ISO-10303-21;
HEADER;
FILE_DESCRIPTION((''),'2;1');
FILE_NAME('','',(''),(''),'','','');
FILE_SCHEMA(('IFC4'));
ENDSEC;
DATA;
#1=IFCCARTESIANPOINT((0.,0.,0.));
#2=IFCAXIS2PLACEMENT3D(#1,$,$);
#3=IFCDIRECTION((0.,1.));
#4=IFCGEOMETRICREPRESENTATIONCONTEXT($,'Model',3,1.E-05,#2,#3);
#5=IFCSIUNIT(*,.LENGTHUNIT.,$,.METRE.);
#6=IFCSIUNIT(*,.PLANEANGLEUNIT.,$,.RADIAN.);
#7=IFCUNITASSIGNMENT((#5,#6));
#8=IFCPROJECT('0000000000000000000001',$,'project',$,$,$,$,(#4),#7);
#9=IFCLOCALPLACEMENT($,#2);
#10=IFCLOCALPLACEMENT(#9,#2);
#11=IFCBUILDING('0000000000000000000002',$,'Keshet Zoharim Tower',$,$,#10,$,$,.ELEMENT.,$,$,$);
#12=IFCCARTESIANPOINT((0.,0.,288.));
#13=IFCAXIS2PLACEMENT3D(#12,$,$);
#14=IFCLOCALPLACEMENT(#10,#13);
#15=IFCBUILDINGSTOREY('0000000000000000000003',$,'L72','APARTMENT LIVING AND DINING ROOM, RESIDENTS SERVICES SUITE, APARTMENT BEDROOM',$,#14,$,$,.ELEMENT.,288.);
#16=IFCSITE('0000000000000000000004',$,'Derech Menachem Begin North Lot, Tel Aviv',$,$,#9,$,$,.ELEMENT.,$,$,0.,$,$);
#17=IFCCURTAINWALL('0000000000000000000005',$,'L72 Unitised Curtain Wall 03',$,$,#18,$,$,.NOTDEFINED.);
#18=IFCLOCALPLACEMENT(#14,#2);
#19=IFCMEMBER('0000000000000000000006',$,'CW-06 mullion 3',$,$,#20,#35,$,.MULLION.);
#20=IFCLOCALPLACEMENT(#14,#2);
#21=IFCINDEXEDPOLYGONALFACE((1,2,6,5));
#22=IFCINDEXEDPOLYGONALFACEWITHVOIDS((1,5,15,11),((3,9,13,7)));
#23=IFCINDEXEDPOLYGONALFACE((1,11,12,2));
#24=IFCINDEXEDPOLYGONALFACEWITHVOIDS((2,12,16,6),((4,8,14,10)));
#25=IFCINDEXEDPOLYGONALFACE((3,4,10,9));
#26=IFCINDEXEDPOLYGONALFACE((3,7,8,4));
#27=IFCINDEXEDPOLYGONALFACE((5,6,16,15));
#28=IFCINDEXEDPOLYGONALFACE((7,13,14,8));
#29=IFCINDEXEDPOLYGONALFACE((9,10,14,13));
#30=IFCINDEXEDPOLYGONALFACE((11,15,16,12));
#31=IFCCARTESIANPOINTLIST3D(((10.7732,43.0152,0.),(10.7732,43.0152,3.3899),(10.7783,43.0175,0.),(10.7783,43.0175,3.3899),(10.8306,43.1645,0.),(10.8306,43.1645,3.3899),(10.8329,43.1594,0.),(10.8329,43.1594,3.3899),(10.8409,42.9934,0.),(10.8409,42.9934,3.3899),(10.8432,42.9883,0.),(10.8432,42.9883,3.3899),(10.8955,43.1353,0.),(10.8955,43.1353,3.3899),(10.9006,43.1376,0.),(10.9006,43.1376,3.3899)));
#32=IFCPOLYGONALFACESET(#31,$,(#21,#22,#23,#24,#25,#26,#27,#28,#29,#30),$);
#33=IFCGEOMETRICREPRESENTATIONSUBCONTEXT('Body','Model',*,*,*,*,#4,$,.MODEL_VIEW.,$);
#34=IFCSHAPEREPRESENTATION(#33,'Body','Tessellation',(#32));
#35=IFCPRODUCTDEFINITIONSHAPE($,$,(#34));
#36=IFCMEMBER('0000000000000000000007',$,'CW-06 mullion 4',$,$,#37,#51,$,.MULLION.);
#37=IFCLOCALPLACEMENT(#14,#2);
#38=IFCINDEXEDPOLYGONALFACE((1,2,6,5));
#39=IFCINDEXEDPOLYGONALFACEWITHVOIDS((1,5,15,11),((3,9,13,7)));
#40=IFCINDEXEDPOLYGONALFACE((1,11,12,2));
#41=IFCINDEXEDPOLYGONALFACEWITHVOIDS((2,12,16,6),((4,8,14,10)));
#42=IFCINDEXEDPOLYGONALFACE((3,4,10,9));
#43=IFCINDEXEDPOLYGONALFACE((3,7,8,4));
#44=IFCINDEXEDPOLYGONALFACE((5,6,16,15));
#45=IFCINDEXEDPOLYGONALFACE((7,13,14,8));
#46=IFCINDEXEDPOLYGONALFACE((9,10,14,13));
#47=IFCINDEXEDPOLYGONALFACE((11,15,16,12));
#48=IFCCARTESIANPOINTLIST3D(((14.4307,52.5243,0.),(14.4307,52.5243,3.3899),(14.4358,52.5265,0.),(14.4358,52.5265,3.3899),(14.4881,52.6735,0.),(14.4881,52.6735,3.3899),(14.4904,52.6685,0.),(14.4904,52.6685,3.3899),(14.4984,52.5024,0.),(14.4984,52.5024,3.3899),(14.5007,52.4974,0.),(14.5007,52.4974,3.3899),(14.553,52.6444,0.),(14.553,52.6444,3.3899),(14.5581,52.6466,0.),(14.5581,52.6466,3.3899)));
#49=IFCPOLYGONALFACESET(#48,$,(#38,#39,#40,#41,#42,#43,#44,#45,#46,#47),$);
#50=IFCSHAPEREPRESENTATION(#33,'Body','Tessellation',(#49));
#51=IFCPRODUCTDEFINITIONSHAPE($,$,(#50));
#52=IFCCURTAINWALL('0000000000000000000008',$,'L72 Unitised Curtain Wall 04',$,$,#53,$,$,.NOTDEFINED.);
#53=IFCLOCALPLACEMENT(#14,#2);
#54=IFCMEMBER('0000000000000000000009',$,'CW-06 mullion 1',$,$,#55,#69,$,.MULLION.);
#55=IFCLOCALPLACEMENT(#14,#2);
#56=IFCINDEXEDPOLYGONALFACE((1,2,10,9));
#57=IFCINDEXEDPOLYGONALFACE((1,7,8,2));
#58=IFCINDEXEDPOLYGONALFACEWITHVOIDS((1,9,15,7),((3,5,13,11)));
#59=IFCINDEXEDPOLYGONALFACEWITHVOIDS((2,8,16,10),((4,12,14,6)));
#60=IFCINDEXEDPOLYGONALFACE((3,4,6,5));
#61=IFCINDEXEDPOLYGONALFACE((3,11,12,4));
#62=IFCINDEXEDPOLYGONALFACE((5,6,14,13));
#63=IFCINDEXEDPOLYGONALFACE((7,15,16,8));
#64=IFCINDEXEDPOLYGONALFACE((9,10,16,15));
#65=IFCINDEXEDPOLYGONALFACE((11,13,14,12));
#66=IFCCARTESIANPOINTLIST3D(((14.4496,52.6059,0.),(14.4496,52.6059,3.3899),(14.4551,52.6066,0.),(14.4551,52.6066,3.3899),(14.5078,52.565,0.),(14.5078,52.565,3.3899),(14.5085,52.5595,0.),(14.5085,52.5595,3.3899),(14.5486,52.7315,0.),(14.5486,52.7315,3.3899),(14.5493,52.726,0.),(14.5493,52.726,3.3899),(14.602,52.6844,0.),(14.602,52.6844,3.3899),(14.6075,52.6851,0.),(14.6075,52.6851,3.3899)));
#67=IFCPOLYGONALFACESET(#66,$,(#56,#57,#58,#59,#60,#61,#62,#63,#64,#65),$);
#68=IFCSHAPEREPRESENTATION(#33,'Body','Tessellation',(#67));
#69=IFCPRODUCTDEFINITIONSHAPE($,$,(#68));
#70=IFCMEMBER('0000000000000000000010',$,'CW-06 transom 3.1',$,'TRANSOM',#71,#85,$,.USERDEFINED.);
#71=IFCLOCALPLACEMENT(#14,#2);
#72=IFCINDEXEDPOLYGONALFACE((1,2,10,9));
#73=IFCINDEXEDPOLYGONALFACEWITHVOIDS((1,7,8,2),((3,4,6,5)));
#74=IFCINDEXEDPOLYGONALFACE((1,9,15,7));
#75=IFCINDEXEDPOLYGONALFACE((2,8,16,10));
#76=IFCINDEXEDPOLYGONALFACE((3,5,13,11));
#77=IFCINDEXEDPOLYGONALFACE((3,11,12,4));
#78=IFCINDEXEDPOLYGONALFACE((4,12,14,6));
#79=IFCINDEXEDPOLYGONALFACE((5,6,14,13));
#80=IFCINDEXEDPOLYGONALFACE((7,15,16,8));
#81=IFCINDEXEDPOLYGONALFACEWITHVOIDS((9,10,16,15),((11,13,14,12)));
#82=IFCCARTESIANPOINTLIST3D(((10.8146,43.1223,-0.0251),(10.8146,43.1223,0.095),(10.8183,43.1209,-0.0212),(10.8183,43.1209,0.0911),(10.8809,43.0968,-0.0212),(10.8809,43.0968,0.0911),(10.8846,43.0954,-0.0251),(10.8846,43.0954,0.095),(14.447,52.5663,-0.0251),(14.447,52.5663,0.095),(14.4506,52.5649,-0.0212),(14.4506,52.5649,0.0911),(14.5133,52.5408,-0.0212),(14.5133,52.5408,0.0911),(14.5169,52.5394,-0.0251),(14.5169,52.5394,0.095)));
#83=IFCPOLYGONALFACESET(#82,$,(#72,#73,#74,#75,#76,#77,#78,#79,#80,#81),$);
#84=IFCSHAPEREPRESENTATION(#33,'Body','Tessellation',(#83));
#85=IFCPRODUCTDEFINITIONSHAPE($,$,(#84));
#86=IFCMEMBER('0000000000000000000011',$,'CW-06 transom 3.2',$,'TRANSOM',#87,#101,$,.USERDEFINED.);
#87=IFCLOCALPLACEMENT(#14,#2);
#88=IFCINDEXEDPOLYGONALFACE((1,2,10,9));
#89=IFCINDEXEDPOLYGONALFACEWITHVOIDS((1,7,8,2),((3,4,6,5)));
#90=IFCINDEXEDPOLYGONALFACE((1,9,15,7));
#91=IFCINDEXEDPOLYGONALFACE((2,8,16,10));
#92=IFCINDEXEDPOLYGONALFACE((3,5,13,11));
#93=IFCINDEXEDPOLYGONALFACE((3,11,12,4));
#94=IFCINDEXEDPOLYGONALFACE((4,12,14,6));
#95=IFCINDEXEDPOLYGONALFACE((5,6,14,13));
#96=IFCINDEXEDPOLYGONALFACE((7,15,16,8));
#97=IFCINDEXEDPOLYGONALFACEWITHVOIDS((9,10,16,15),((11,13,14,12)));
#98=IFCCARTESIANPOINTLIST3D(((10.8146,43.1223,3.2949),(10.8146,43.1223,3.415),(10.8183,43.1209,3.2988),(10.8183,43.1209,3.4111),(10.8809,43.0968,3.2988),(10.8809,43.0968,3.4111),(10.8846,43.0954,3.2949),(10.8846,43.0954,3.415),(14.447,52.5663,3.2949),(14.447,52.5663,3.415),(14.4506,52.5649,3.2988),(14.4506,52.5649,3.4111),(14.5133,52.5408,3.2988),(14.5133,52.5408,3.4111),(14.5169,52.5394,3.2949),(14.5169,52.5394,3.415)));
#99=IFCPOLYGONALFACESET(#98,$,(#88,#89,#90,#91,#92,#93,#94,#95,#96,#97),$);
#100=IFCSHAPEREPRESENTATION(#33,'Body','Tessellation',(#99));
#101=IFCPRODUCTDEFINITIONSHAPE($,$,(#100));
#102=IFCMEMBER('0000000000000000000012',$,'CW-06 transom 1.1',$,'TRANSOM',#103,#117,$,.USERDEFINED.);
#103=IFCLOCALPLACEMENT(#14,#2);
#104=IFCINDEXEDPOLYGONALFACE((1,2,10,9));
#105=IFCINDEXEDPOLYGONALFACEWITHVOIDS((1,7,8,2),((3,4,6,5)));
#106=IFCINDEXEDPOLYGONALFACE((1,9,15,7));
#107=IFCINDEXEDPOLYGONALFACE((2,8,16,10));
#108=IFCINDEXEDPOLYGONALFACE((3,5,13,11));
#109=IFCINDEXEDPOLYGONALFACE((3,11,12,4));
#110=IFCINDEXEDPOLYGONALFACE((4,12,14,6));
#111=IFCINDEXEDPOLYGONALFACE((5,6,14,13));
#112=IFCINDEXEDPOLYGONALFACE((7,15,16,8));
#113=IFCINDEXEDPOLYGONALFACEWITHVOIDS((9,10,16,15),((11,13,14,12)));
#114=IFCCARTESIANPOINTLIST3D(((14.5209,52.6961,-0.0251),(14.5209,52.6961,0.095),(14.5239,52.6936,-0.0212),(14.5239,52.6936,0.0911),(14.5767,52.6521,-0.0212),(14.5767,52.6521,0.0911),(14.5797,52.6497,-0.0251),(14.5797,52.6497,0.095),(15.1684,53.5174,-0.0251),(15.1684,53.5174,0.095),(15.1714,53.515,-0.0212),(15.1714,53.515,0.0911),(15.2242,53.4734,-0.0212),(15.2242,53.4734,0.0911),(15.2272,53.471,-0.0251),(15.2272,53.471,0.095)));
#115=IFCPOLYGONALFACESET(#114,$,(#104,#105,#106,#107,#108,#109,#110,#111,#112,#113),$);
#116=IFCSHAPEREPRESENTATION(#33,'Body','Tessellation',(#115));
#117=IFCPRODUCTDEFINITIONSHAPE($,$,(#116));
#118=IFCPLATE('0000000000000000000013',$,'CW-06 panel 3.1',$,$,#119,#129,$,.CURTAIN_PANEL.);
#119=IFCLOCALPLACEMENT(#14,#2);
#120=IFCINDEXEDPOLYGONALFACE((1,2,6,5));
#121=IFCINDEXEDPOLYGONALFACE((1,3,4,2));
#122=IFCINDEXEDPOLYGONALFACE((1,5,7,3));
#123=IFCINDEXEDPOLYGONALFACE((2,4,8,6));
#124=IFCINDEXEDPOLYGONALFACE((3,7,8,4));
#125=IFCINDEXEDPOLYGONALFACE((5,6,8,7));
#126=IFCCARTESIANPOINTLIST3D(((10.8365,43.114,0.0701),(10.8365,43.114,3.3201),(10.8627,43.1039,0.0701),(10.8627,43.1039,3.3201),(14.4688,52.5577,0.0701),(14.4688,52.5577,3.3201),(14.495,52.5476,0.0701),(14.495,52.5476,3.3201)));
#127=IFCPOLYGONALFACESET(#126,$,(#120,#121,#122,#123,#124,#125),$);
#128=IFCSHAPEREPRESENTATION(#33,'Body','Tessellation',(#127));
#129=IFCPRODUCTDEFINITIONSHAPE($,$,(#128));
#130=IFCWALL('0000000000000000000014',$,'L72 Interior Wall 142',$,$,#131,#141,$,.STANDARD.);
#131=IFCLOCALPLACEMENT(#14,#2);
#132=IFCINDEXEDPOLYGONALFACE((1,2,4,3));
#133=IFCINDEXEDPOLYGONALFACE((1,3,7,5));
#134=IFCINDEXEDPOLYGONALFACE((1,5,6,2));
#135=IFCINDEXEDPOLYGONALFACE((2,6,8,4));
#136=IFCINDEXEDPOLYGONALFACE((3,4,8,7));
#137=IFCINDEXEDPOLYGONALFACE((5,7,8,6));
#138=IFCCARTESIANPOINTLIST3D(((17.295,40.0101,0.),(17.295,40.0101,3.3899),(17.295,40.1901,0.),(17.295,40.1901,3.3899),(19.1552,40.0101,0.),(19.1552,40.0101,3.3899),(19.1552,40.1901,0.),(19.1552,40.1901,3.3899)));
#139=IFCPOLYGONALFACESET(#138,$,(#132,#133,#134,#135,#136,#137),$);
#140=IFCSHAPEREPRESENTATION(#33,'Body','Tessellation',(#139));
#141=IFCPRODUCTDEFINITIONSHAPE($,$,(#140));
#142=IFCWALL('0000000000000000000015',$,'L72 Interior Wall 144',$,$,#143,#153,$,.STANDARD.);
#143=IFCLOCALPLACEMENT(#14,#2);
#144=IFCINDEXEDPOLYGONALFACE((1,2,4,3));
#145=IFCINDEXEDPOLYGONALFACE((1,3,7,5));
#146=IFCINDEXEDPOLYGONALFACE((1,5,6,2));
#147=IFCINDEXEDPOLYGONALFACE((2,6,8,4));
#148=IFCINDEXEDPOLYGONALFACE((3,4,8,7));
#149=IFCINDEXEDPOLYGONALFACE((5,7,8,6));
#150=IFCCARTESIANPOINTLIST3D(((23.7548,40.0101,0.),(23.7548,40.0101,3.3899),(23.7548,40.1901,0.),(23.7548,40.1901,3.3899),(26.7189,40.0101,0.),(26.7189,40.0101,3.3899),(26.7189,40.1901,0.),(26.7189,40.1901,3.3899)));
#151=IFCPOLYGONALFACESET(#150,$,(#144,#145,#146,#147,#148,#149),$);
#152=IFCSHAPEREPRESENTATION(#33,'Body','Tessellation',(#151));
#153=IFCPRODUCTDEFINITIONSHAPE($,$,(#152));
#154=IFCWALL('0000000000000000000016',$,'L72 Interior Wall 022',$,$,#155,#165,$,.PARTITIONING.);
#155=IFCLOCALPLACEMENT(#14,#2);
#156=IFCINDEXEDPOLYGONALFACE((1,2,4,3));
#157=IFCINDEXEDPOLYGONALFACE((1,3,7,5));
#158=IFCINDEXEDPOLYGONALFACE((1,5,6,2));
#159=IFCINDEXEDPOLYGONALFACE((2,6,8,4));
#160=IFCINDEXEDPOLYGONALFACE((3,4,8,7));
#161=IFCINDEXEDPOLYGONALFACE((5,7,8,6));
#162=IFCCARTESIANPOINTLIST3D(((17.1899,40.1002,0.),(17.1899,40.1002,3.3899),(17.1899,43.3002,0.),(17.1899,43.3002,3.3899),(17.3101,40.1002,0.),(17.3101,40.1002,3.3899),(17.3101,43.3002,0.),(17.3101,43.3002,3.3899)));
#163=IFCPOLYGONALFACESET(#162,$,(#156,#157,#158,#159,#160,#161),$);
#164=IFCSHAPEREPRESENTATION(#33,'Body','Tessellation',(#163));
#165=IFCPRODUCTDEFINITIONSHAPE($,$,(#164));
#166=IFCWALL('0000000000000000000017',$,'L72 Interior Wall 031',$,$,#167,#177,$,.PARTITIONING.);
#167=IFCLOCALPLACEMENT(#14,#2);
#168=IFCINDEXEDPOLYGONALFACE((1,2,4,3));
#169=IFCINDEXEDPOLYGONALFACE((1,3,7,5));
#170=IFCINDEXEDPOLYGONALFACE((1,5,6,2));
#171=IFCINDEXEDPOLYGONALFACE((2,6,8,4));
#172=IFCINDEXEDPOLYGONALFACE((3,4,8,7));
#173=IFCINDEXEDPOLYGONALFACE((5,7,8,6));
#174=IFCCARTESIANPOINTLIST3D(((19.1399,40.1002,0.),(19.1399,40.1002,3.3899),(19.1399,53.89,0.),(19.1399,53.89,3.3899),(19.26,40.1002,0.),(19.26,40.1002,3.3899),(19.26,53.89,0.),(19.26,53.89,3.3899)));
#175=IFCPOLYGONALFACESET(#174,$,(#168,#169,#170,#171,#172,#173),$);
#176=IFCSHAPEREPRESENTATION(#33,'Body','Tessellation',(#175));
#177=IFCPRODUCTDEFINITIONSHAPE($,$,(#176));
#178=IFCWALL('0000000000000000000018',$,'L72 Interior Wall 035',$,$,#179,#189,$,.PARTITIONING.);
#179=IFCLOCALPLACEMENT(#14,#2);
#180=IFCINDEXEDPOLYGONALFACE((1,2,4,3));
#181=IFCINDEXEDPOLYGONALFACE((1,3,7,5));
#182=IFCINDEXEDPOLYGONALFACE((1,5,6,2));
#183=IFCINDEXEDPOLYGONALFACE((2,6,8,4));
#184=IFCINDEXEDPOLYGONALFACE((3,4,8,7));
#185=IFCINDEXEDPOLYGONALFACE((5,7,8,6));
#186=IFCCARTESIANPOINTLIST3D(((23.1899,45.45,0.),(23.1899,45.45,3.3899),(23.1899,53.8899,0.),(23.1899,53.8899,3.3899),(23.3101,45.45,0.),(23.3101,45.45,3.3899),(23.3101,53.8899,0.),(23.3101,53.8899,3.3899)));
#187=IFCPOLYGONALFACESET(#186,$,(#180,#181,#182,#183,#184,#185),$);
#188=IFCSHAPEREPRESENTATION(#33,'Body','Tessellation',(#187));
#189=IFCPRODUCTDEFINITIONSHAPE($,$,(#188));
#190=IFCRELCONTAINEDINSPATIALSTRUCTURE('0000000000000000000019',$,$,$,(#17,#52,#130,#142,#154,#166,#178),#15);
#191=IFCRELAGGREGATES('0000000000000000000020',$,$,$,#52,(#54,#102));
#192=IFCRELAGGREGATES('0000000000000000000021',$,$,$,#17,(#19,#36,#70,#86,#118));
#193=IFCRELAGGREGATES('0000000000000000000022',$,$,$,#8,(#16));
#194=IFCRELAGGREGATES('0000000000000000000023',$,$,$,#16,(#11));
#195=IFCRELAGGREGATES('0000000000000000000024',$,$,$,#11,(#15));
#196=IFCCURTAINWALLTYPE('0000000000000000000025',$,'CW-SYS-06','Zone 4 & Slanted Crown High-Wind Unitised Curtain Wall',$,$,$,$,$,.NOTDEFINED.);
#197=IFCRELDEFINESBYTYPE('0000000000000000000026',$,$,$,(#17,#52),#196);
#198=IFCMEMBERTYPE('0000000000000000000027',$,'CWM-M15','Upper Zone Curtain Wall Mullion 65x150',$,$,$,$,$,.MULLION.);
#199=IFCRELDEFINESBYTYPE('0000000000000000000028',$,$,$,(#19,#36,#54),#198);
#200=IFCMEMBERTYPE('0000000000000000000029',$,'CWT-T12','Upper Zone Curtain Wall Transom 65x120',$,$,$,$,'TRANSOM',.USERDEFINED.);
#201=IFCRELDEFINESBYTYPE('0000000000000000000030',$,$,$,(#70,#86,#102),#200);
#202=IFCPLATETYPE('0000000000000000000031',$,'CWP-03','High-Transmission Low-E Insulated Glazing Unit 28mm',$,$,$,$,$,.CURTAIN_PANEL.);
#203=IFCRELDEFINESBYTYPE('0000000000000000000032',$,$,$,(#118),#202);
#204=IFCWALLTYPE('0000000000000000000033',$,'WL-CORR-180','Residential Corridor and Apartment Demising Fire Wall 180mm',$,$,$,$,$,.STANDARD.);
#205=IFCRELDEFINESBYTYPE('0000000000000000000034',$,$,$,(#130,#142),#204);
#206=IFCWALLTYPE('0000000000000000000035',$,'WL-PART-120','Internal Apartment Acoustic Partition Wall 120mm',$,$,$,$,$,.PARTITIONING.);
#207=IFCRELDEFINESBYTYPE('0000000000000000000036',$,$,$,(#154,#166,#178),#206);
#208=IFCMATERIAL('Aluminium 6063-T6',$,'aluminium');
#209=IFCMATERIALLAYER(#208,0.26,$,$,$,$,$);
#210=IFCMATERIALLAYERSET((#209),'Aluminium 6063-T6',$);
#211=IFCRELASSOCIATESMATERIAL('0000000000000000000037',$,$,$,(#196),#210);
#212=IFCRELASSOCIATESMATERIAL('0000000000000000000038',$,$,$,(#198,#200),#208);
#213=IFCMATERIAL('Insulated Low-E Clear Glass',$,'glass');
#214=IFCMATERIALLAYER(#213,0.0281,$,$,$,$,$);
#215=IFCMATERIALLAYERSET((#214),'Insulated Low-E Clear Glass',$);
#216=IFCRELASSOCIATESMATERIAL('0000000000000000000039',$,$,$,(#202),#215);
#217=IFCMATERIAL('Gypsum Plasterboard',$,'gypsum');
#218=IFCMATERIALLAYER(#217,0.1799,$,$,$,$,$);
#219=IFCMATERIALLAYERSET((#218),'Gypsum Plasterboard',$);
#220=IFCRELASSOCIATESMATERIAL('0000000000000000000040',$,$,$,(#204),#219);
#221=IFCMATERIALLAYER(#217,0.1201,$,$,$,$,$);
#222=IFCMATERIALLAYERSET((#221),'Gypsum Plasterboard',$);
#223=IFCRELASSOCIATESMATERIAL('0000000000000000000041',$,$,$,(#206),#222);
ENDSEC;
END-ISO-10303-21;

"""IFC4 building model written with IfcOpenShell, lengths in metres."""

from ifc_helpers import new_model, si_unit, direction, frame, frame_2d, origin, origin_2d, place, context, subcontext, project, spatial, rectangle, hollow_rectangle, extrude, material, layer, layer_set, material_profile, profile_set, type_object, element, aggregate, save


model = new_model("IFC4")

# Units and contexts
model_context = context("Model", 3, precision=1e-05, world=origin(), true_north=direction((0.0, 1.0)))
body_context = subcontext(model_context, "Body", "Model", "MODEL_VIEW")
ifc_project = project(units=[si_unit("LENGTHUNIT", "METRE"), si_unit("PLANEANGLEUNIT", "RADIAN")], contexts=[model_context])

# Site, building, storey
site_placement = place(None, origin())
site = spatial("IfcSite", under=ifc_project, at=site_placement, Name="Derech Menachem Begin North Lot, Tel Aviv", CompositionType="ELEMENT", RefElevation=0.0)
building_placement = place(site_placement, origin())
building = spatial("IfcBuilding", under=site, at=building_placement, Name="Keshet Zoharim Tower", CompositionType="ELEMENT")
storey_placement = place(building_placement, frame((0.0, 0.0, 288.0)))
storey = spatial("IfcBuildingStorey", under=building, at=storey_placement, Name="L72", Description="APARTMENT LIVING AND DINING ROOM, RESIDENTS SERVICES SUITE, APARTMENT BEDROOM", CompositionType="ELEMENT", Elevation=288.0)

# Curtain wall, members
ifc_material_1 = material(Name="Aluminium 6063-T6", Category="aluminium")
ifc_layer_1 = layer(ifc_material_1, 0.26)
ifc_layer_set_1 = layer_set([ifc_layer_1], Name="Aluminium 6063-T6")
curtain_wall_type = type_object("IfcCurtainWallType", Name="CW-SYS-06", Description="Zone 4 & Slanted Crown High-Wind Unitised Curtain Wall", PredefinedType="NOTDEFINED", material=ifc_layer_set_1)
curtain_wall_1_placement = place(storey_placement, origin())
curtain_wall_1 = element("IfcCurtainWall", 1, at=curtain_wall_1_placement, inside=storey, type_object=curtain_wall_type, Name="L72 Unitised Curtain Wall 03", PredefinedType="NOTDEFINED")
ifc_material_profile_1 = material_profile(ifc_material_1, hollow_rectangle(XDim=0.075, YDim=0.1599, WallThickness=0.0039, at=origin_2d()), Name="MUL-75x160")
ifc_profile_set_1 = profile_set([ifc_material_profile_1], Name="Aluminium 6063-T6")
member_type_1 = type_object("IfcMemberType", Name="CWM-M15", Description="Upper Zone Curtain Wall Mullion 65x150", PredefinedType="MULLION", material=ifc_profile_set_1)
member_1_placement = place(storey_placement, frame((10.8369, 43.0764, 0.0), z_axis=(0.0, 0.0, 1.0), x_axis=(-0.933341, 0.35899, 0.0)))
member_1 = element("IfcMember", 2, at=member_1_placement, type_object=member_type_1, Name="CW-06 mullion 3", PredefinedType="MULLION", context=body_context, shape_type="SweptSolid", body=[
    extrude(hollow_rectangle(XDim=0.075, YDim=0.1599, WallThickness=0.0039, at=origin_2d()), origin(), (0.0, 0.0, 1.0), 3.3899),
])
member_2_placement = place(storey_placement, frame((14.4944, 52.5854, 0.0), z_axis=(0.0, 0.0, 1.0), x_axis=(-0.933341, 0.35899, 0.0)))
member_2 = element("IfcMember", 3, at=member_2_placement, type_object=member_type_1, Name="CW-06 mullion 4", PredefinedType="MULLION", context=body_context, shape_type="SweptSolid", body=[
    extrude(hollow_rectangle(XDim=0.075, YDim=0.1599, WallThickness=0.0039, at=origin_2d()), origin(), (0.0, 0.0, 1.0), 3.3899),
])

# Curtain wall, member
curtain_wall_2_placement = place(storey_placement, origin())
curtain_wall_2 = element("IfcCurtainWall", 4, at=curtain_wall_2_placement, inside=storey, type_object=curtain_wall_type, Name="L72 Unitised Curtain Wall 04", PredefinedType="NOTDEFINED")
member_3_placement = place(storey_placement, frame((14.5286, 52.6455, 0.0), z_axis=(0.0, 0.0, 1.0), x_axis=(-0.785293, 0.619125, 0.0)))
member_3 = element("IfcMember", 5, at=member_3_placement, type_object=member_type_1, Name="CW-06 mullion 1", PredefinedType="MULLION", context=body_context, shape_type="SweptSolid", body=[
    extrude(hollow_rectangle(XDim=0.075, YDim=0.1599, WallThickness=0.0039, at=origin_2d()), origin(), (0.0, 0.0, 1.0), 3.3899),
])

# Members
ifc_material_profile_2 = material_profile(ifc_material_1, hollow_rectangle(XDim=0.075, YDim=0.1201, WallThickness=0.0039, at=origin_2d()), Name="TRN-75x120")
ifc_profile_set_2 = profile_set([ifc_material_profile_2], Name="Aluminium 6063-T6")
member_type_2 = type_object("IfcMemberType", Name="CWT-T12", Description="Upper Zone Curtain Wall Transom 65x120", ElementType="TRANSOM", PredefinedType="USERDEFINED", material=ifc_profile_set_2)
member_4_placement = place(storey_placement, frame((10.8496, 43.1089, 0.0349), z_axis=(0.358986, 0.933343, 0.0), x_axis=(-0.933343, 0.358986, 0.0)))
member_4 = element("IfcMember", 6, at=member_4_placement, type_object=member_type_2, Name="CW-06 transom 3.1", ObjectType="TRANSOM", PredefinedType="USERDEFINED", context=body_context, shape_type="SweptSolid", body=[
    extrude(hollow_rectangle(XDim=0.075, YDim=0.1201, WallThickness=0.0039, at=origin_2d()), origin(), (0.0, 0.0, 1.0), 10.1184),
])
member_5_placement = place(storey_placement, frame((10.8496, 43.1089, 3.355), z_axis=(0.358986, 0.933343, 0.0), x_axis=(-0.933343, 0.358986, 0.0)))
member_5 = element("IfcMember", 7, at=member_5_placement, type_object=member_type_2, Name="CW-06 transom 3.2", ObjectType="TRANSOM", PredefinedType="USERDEFINED", context=body_context, shape_type="SweptSolid", body=[
    extrude(hollow_rectangle(XDim=0.075, YDim=0.1201, WallThickness=0.0039, at=origin_2d()), origin(), (0.0, 0.0, 1.0), 10.1184),
])
member_6_placement = place(storey_placement, frame((14.5503, 52.6729, 0.0349), z_axis=(0.619099, 0.785313, 0.0), x_axis=(-0.785313, 0.619099, 0.0)))
member_6 = element("IfcMember", 8, at=member_6_placement, type_object=member_type_2, Name="CW-06 transom 1.1", ObjectType="TRANSOM", PredefinedType="USERDEFINED", context=body_context, shape_type="SweptSolid", body=[
    extrude(hollow_rectangle(XDim=0.075, YDim=0.1201, WallThickness=0.0039, at=origin_2d()), origin(), (0.0, 0.0, 1.0), 1.0459),
])
aggregate(curtain_wall_2, [member_3, member_6])

# Plate
ifc_material_2 = material(Name="Insulated Low-E Clear Glass", Category="glass")
ifc_layer_2 = layer(ifc_material_2, 0.0281)
ifc_layer_set_2 = layer_set([ifc_layer_2], Name="Insulated Low-E Clear Glass")
plate_type = type_object("IfcPlateType", Name="CWP-03", Description="High-Transmission Low-E Insulated Glazing Unit 28mm", PredefinedType="CURTAIN_PANEL", material=ifc_layer_set_2)
plate_placement = place(storey_placement, frame((12.6658, 47.8308, 0.0701), z_axis=(0.0, 0.0, 1.0), x_axis=(0.35899, 0.933341, 0.0)))
plate = element("IfcPlate", 9, at=plate_placement, type_object=plate_type, Name="CW-06 panel 3.1", PredefinedType="CURTAIN_PANEL", context=body_context, shape_type="SweptSolid", body=[
    extrude(rectangle(XDim=10.1182, YDim=0.0281, at=origin_2d()), origin(), (0.0, 0.0, 1.0), 3.25),
])
aggregate(curtain_wall_1, [member_1, member_2, member_4, member_5, plate])

# Wall
ifc_material_3 = material(Name="Gypsum Plasterboard", Category="gypsum")
ifc_layer_3 = layer(ifc_material_3, 0.1799)
ifc_layer_set_3 = layer_set([ifc_layer_3], Name="Gypsum Plasterboard")
wall_type_1 = type_object("IfcWallType", Name="WL-CORR-180", Description="Residential Corridor and Apartment Demising Fire Wall 180mm", PredefinedType="STANDARD", material=ifc_layer_set_3)
wall_1_placement = place(storey_placement, frame((17.2949, 40.1001, 0.0), z_axis=(0.0, 0.0, 1.0), x_axis=(1.0, 0.0, 0.0)))
element("IfcWall", 10, at=wall_1_placement, inside=storey, type_object=wall_type_1, Name="L72 Interior Wall 142", PredefinedType="STANDARD", context=body_context, shape_type="SweptSolid", body=[
    extrude(rectangle(XDim=1.8601, YDim=0.1799, at=frame_2d((0.9302, 0.0))), origin(), (0.0, 0.0, 1.0), 3.3899),
])

# Walls
wall_2_placement = place(storey_placement, frame((23.7549, 40.1001, 0.0), z_axis=(0.0, 0.0, 1.0), x_axis=(1.0, 0.0, 0.0)))
element("IfcWall", 11, at=wall_2_placement, inside=storey, type_object=wall_type_1, Name="L72 Interior Wall 144", PredefinedType="STANDARD", context=body_context, shape_type="SweptSolid", body=[
    extrude(rectangle(XDim=2.9641, YDim=0.1799, at=frame_2d((1.4819, 0.0))), origin(), (0.0, 0.0, 1.0), 3.3899),
])
ifc_layer_4 = layer(ifc_material_3, 0.1201)
ifc_layer_set_4 = layer_set([ifc_layer_4], Name="Gypsum Plasterboard")
wall_type_2 = type_object("IfcWallType", Name="WL-PART-120", Description="Internal Apartment Acoustic Partition Wall 120mm", PredefinedType="PARTITIONING", material=ifc_layer_set_4)
wall_3_placement = place(storey_placement, frame((17.25, 40.1001, 0.0), z_axis=(0.0, 0.0, 1.0), x_axis=(0.0, 1.0, 0.0)))
element("IfcWall", 12, at=wall_3_placement, inside=storey, type_object=wall_type_2, Name="L72 Interior Wall 022", PredefinedType="PARTITIONING", context=body_context, shape_type="SweptSolid", body=[
    extrude(rectangle(XDim=3.2, YDim=0.1201, at=frame_2d((1.6001, 0.0))), origin(), (0.0, 0.0, 1.0), 3.3899),
])
wall_4_placement = place(storey_placement, frame((19.2, 40.1001, 0.0), z_axis=(0.0, 0.0, 1.0), x_axis=(0.0, 1.0, 0.0)))
element("IfcWall", 13, at=wall_4_placement, inside=storey, type_object=wall_type_2, Name="L72 Interior Wall 031", PredefinedType="PARTITIONING", context=body_context, shape_type="SweptSolid", body=[
    extrude(rectangle(XDim=13.7898, YDim=0.1201, at=frame_2d((6.895, 0.0))), origin(), (0.0, 0.0, 1.0), 3.3899),
])
wall_5_placement = place(storey_placement, frame((23.25, 45.45, 0.0), z_axis=(0.0, 0.0, 1.0), x_axis=(0.0, 1.0, 0.0)))
element("IfcWall", 14, at=wall_5_placement, inside=storey, type_object=wall_type_2, Name="L72 Interior Wall 035", PredefinedType="PARTITIONING", context=body_context, shape_type="SweptSolid", body=[
    extrude(rectangle(XDim=8.4399, YDim=0.1201, at=frame_2d((4.22, 0.0))), origin(), (0.0, 0.0, 1.0), 3.3899),
])

save(model, "model.ifc")
